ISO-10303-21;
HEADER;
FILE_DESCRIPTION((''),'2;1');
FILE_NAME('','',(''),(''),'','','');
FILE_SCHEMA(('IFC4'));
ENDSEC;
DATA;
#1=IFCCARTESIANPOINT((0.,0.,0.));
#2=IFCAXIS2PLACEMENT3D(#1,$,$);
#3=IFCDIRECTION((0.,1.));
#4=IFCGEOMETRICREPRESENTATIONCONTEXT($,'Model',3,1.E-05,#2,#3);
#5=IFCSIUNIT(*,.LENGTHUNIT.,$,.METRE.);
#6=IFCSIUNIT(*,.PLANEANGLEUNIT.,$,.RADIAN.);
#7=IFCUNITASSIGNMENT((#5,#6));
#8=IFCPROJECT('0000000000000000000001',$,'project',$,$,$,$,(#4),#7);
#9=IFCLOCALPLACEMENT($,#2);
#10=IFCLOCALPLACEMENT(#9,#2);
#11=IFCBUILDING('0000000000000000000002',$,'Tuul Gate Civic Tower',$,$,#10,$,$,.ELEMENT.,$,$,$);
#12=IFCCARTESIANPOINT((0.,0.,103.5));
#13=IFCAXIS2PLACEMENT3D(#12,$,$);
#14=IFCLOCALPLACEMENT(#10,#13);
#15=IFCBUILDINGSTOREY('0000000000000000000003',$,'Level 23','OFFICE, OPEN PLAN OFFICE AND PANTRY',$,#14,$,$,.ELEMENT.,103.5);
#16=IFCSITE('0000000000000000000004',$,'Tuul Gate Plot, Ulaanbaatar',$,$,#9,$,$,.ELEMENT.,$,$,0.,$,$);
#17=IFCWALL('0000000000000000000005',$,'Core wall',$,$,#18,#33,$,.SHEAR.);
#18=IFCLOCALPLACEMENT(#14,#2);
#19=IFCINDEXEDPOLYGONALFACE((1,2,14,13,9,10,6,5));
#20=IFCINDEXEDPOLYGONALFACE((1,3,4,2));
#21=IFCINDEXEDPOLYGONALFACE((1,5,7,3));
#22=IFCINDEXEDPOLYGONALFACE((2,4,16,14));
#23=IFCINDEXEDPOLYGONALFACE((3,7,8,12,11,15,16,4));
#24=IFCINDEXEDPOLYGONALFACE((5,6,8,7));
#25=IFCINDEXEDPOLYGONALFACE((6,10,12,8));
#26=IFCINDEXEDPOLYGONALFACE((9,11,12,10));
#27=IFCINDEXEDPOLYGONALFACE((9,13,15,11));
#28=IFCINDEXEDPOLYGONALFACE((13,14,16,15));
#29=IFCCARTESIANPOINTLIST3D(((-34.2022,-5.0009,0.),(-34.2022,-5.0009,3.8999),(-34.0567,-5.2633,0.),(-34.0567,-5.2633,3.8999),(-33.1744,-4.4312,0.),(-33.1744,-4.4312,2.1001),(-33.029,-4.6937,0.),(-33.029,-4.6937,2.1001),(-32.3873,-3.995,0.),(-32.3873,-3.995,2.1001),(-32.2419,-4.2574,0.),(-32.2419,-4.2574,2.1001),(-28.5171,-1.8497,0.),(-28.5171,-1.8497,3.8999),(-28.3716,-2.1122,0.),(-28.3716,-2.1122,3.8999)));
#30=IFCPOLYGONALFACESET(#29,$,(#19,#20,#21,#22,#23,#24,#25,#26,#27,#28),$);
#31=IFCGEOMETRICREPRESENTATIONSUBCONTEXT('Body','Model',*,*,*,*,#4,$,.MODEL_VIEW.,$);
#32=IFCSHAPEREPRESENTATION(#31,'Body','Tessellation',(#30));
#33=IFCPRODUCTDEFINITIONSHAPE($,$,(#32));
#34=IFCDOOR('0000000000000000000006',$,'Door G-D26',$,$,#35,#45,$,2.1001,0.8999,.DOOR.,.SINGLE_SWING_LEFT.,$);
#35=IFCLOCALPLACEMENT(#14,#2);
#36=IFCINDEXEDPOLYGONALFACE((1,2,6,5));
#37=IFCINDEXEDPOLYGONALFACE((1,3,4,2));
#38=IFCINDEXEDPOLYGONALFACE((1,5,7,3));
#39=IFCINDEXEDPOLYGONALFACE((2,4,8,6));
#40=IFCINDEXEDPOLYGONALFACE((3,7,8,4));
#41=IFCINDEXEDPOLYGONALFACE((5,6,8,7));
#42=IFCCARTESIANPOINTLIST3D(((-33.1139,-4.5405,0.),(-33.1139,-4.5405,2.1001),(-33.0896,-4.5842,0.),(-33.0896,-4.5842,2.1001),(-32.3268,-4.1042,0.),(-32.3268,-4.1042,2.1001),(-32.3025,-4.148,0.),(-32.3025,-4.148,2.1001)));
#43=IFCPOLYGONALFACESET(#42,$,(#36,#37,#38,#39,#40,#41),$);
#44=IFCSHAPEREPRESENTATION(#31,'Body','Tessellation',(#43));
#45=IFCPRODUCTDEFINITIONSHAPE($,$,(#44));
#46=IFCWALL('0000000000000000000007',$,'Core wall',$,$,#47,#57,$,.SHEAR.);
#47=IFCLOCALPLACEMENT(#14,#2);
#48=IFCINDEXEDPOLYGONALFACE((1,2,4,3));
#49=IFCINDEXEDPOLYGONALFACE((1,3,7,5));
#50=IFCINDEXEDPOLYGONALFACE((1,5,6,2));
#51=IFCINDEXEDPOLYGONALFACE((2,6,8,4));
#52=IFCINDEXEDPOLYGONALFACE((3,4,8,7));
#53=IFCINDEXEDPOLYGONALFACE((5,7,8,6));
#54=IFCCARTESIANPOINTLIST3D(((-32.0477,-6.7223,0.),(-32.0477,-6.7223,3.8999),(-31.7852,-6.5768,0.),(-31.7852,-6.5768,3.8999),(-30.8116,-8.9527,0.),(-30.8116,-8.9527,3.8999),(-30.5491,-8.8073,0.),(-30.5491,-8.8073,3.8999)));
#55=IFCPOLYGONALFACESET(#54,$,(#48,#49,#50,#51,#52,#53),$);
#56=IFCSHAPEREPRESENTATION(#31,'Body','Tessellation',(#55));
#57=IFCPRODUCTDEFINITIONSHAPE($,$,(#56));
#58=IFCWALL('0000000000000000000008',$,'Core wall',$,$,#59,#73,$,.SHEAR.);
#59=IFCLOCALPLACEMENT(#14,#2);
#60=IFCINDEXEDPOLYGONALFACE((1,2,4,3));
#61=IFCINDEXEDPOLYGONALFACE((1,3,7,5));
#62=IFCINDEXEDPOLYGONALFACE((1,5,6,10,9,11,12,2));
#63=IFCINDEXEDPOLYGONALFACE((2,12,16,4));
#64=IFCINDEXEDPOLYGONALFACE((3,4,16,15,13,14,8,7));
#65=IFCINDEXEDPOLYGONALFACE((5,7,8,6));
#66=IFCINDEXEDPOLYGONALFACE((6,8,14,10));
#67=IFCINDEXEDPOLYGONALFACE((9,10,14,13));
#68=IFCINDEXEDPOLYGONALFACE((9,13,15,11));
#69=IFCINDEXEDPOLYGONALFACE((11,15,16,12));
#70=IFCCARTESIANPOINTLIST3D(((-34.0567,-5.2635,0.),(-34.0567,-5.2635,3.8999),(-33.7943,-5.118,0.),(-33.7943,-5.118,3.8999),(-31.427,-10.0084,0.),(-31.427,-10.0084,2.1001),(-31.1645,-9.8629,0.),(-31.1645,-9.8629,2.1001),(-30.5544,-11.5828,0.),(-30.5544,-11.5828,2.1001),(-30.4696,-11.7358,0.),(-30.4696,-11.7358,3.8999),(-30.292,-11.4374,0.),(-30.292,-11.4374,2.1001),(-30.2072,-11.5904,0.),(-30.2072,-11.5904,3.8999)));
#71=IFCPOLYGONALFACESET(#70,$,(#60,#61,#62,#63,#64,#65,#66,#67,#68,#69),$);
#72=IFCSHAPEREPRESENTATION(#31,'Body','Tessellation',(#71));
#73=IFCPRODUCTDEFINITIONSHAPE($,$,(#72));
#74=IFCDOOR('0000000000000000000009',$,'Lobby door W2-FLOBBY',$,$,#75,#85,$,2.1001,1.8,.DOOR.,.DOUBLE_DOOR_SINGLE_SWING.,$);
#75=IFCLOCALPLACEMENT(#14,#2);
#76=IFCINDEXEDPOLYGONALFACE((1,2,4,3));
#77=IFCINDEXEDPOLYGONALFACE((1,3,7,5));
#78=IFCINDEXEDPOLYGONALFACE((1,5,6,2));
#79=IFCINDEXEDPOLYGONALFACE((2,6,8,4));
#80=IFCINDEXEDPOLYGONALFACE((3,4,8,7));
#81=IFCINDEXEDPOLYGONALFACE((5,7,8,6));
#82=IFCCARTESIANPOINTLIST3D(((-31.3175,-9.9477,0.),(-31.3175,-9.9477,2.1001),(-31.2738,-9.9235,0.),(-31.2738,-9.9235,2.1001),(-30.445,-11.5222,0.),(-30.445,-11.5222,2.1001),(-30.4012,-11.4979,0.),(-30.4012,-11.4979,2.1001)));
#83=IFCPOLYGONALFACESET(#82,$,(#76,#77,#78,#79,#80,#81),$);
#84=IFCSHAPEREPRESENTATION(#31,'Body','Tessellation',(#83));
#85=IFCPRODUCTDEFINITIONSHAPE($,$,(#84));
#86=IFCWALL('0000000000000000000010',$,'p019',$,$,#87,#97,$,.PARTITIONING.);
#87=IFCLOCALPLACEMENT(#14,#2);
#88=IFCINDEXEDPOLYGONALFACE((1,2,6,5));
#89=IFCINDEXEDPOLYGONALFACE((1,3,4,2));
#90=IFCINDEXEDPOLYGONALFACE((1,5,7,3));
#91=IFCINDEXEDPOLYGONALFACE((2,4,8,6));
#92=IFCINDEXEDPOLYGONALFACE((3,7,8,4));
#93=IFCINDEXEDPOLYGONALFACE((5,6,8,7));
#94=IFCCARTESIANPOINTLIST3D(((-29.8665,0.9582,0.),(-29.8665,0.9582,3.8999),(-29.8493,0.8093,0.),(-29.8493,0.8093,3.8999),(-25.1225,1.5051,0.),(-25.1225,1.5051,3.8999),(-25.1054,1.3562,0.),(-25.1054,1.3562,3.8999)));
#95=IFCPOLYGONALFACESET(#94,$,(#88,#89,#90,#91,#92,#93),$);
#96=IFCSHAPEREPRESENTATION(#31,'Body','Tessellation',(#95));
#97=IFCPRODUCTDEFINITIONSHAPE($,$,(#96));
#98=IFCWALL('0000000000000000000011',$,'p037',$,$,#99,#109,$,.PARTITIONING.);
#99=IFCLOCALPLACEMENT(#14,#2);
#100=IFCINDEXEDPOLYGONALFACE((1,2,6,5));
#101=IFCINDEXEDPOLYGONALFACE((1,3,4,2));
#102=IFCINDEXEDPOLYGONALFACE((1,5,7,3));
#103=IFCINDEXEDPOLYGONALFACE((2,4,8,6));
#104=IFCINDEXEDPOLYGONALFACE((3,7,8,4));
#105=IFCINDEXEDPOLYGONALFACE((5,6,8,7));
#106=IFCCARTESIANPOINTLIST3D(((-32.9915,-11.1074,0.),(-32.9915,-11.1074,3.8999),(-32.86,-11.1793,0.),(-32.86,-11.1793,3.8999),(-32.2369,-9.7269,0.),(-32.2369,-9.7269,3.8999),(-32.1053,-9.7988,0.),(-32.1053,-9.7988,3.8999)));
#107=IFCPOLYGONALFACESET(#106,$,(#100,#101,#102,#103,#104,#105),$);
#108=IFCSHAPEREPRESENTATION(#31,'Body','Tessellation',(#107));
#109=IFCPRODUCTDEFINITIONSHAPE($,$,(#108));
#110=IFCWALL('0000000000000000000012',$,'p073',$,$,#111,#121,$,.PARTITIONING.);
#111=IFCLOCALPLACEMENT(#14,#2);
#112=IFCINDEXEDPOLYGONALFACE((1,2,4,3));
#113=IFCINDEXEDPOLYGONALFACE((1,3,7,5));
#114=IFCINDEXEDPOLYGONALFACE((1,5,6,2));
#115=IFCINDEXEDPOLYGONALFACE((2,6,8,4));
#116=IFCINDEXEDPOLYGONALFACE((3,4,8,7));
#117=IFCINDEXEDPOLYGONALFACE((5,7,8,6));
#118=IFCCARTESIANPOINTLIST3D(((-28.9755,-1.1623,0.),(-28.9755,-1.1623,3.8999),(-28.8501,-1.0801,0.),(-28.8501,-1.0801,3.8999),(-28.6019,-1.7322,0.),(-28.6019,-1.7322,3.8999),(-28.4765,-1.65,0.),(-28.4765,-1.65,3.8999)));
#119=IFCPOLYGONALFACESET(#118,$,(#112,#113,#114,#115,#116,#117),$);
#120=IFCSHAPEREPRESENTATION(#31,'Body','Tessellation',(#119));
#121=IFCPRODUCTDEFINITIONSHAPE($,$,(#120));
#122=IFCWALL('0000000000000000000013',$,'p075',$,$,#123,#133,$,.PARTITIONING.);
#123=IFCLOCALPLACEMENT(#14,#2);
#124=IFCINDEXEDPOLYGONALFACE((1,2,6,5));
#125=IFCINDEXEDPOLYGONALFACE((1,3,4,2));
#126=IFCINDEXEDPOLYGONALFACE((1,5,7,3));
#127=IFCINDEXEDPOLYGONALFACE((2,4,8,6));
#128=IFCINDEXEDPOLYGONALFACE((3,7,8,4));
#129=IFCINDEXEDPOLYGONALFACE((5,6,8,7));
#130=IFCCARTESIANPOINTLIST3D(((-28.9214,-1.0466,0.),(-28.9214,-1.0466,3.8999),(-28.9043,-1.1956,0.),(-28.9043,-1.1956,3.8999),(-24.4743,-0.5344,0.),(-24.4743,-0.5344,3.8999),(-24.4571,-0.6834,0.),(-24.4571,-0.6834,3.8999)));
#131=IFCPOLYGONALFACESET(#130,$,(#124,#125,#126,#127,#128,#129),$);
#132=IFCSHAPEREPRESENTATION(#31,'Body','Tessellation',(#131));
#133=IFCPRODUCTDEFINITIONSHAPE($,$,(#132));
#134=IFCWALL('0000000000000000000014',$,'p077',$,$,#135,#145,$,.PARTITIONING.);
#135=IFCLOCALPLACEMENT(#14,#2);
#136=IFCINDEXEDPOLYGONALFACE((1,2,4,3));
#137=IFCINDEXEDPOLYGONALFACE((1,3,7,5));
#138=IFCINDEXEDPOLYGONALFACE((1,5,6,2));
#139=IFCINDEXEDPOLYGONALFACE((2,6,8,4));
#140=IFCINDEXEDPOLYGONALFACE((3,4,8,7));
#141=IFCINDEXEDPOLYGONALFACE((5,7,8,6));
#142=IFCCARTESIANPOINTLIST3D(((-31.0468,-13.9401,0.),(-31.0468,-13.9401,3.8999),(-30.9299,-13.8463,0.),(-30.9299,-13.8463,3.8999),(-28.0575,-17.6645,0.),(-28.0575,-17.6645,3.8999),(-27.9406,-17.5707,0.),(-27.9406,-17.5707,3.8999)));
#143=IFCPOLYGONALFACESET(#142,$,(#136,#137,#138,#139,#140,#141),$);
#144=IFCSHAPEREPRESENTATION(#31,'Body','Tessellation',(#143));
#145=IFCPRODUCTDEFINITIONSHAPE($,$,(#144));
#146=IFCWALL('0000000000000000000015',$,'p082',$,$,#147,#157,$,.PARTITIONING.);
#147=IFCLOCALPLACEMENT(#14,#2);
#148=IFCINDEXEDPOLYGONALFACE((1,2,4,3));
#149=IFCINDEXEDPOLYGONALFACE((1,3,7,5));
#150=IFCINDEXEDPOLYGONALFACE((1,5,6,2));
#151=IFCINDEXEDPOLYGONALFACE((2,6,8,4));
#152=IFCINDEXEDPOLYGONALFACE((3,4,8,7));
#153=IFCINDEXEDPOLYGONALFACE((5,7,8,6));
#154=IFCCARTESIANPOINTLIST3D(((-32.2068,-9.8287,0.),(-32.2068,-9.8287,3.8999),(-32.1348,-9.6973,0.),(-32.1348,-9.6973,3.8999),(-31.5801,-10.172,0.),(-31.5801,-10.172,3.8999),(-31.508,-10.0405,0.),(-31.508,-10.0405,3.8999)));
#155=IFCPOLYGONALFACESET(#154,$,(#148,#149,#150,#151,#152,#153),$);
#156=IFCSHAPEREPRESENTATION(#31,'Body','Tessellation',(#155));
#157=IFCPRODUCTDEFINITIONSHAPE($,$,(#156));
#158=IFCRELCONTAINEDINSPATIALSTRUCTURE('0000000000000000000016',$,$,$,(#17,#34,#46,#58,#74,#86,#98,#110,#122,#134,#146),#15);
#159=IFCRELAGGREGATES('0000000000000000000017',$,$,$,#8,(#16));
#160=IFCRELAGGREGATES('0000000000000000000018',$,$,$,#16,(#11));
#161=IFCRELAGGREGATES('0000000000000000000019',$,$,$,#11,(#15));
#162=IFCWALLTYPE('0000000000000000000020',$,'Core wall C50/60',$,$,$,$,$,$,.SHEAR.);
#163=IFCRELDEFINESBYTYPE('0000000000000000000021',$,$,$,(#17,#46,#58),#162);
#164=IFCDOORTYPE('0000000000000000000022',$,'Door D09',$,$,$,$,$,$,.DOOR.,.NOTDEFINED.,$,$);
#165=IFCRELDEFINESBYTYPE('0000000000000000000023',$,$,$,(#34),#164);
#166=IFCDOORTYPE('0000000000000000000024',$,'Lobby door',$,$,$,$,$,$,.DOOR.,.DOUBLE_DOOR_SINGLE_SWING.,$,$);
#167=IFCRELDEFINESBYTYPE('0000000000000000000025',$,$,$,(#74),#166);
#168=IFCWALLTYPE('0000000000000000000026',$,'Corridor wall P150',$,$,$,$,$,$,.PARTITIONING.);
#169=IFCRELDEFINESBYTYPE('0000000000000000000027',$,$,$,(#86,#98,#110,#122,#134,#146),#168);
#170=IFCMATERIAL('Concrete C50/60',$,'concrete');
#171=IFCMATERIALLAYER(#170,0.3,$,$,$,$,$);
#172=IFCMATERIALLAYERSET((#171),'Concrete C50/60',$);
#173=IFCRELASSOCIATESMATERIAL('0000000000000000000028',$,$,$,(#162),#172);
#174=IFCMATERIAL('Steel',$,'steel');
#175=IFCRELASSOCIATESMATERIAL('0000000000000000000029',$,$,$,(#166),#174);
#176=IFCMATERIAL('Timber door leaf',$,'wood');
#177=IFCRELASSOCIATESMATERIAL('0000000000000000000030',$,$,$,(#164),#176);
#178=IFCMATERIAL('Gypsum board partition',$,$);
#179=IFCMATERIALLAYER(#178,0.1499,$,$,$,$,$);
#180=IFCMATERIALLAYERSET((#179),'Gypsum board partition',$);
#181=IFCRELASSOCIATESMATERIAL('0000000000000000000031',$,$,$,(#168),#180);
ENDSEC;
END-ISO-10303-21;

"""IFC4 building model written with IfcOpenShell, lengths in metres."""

from ifc_helpers import new_model, si_unit, direction, frame, frame_2d, origin, place, context, subcontext, project, spatial, rectangle, extrude, material, layer, layer_set, type_object, element, fill, save


model = new_model("IFC4")

# Units and contexts
model_context = context("Model", 3, precision=1e-05, world=origin(), true_north=direction((0.0, 1.0)))
body_context = subcontext(model_context, "Body", "Model", "MODEL_VIEW")
ifc_project = project(units=[si_unit("LENGTHUNIT", "METRE"), si_unit("PLANEANGLEUNIT", "RADIAN")], contexts=[model_context])

# Site, building, storey
site_placement = place(None, origin())
site = spatial("IfcSite", under=ifc_project, at=site_placement, Name="Tuul Gate Plot, Ulaanbaatar", CompositionType="ELEMENT", RefElevation=0.0)
building_placement = place(site_placement, origin())
building = spatial("IfcBuilding", under=site, at=building_placement, Name="Tuul Gate Civic Tower", CompositionType="ELEMENT")
storey_placement = place(building_placement, frame((0.0, 0.0, 103.5)))
storey = spatial("IfcBuildingStorey", under=building, at=storey_placement, Name="Level 23", Description="OFFICE, OPEN PLAN OFFICE AND PANTRY", CompositionType="ELEMENT", Elevation=103.5)

# Shared definitions
ifc_material_1 = material(Name="Concrete C50/60", Category="concrete")
ifc_layer_1 = layer(ifc_material_1, 0.3)
ifc_layer_set_1 = layer_set([ifc_layer_1], Name="Concrete C50/60")
wall_type_1 = type_object("IfcWallType", Name="Core wall C50/60", PredefinedType="SHEAR", material=ifc_layer_set_1)
ifc_material_2 = material(Name="Steel", Category="steel")
door_type_1 = type_object("IfcDoorType", Name="Lobby door", OperationType="DOUBLE_DOOR_SINGLE_SWING", PredefinedType="DOOR", material=ifc_material_2)

# Wall, opening, door
wall_1_placement = place(storey_placement, frame((-28.4443, -1.981, 0.0), z_axis=(0.0, 0.0, 1.0), x_axis=(-0.87463, -0.484791, 0.0)))
wall_1 = element("IfcWall", 1, at=wall_1_placement, inside=storey, type_object=wall_type_1, Name="Core wall", PredefinedType="SHEAR", context=body_context, shape_type="SweptSolid", body=[
    extrude(rectangle(XDim=6.5, YDim=0.3, at=frame_2d((3.25, 0.0))), origin(), (0.0, 0.0, 1.0), 3.8999),
])
opening_1_placement = place(wall_1_placement, frame((4.425, 0.0, 0.0)))
opening_1 = element("IfcOpeningElement", 2, at=opening_1_placement, cuts=wall_1, PredefinedType="OPENING", context=body_context, shape_type="SweptSolid", body=[
    extrude(rectangle(XDim=0.8999, YDim=2.1001, at=frame_2d((0.45, 1.05))), frame((0.0, 0.1602, 0.0), z_axis=(0.0, -1.0, 0.0), x_axis=(1.0, 0.0, 0.0)), (0.0, 0.0, 1.0), 0.3201),
])
ifc_material_3 = material(Name="Timber door leaf", Category="wood")
door_type_2 = type_object("IfcDoorType", Name="Door D09", OperationType="NOTDEFINED", PredefinedType="DOOR", material=ifc_material_3)
door_1_placement = place(opening_1_placement, origin())
door_1 = element("IfcDoor", 3, at=door_1_placement, inside=storey, type_object=door_type_2, Name="Door G-D26", OperationType="SINGLE_SWING_LEFT", OverallHeight=2.1001, OverallWidth=0.8999, PredefinedType="DOOR", context=body_context, shape_type="SweptSolid", body=[
    extrude(rectangle(XDim=0.8999, YDim=2.1001, at=frame_2d((0.45, 1.05))), frame((0.0, 0.0249, 0.0), z_axis=(0.0, -1.0, 0.0), x_axis=(1.0, 0.0, 0.0)), (0.0, 0.0, 1.0), 0.05),
])
fill(opening_1, door_1)

# Wall
wall_2_placement = place(storey_placement, frame((-30.6804, -8.8799, 0.0), z_axis=(0.0, 0.0, 1.0), x_axis=(-0.484724, 0.874667, 0.0)))
element("IfcWall", 4, at=wall_2_placement, inside=storey, type_object=wall_type_1, Name="Core wall", PredefinedType="SHEAR", context=body_context, shape_type="SweptSolid", body=[
    extrude(rectangle(XDim=2.55, YDim=0.3, at=frame_2d((1.2749, 0.0))), origin(), (0.0, 0.0, 1.0), 3.8999),
])

# Wall, opening, door
wall_3_placement = place(storey_placement, frame((-30.3384, -11.6631, 0.0), z_axis=(0.0, 0.0, 1.0), x_axis=(-0.484752, 0.874652, 0.0)))
wall_3 = element("IfcWall", 5, at=wall_3_placement, inside=storey, type_object=wall_type_1, Name="Core wall", PredefinedType="SHEAR", context=body_context, shape_type="SweptSolid", body=[
    extrude(rectangle(XDim=7.3999, YDim=0.3, at=frame_2d((3.7, 0.0))), origin(), (0.0, 0.0, 1.0), 3.8999),
])
opening_2_placement = place(wall_3_placement, frame((0.175, 0.0, 0.0)))
opening_2 = element("IfcOpeningElement", 6, at=opening_2_placement, cuts=wall_3, PredefinedType="OPENING", context=body_context, shape_type="SweptSolid", body=[
    extrude(rectangle(XDim=1.8, YDim=2.1001, at=frame_2d((0.8999, 1.05))), frame((0.0, 0.1602, 0.0), z_axis=(0.0, -1.0, 0.0), x_axis=(1.0, 0.0, 0.0)), (0.0, 0.0, 1.0), 0.3201),
])
door_2_placement = place(opening_2_placement, origin())
door_2 = element("IfcDoor", 7, at=door_2_placement, inside=storey, type_object=door_type_1, Name="Lobby door W2-FLOBBY", OperationType="DOUBLE_DOOR_SINGLE_SWING", OverallHeight=2.1001, OverallWidth=1.8, PredefinedType="DOOR", context=body_context, shape_type="SweptSolid", body=[
    extrude(rectangle(XDim=1.8, YDim=2.1001, at=frame_2d((0.8999, 1.05))), frame((0.0, 0.0249, 0.0), z_axis=(0.0, -1.0, 0.0), x_axis=(1.0, 0.0, 0.0)), (0.0, 0.0, 1.0), 0.05),
])
fill(opening_2, door_2)

# Walls
ifc_material_4 = material(Name="Gypsum board partition")
ifc_layer_2 = layer(ifc_material_4, 0.1499)
ifc_layer_set_2 = layer_set([ifc_layer_2], Name="Gypsum board partition")
wall_type_2 = type_object("IfcWallType", Name="Corridor wall P150", PredefinedType="PARTITIONING", material=ifc_layer_set_2)
wall_4_placement = place(storey_placement, frame((-29.8579, 0.8838, 0.0), z_axis=(0.0, 0.0, 1.0), x_axis=(0.993421, 0.114521, 0.0)))
element("IfcWall", 8, at=wall_4_placement, inside=storey, type_object=wall_type_2, Name="p019", PredefinedType="PARTITIONING", context=body_context, shape_type="SweptSolid", body=[
    extrude(rectangle(XDim=4.7754, YDim=0.1499, at=frame_2d((2.3877, 0.0))), origin(), (0.0, 0.0, 1.0), 3.8999),
])
wall_5_placement = place(storey_placement, frame((-32.9258, -11.1433, 0.0), z_axis=(0.0, 0.0, 1.0), x_axis=(0.479689, 0.877439, 0.0)))
element("IfcWall", 9, at=wall_5_placement, inside=storey, type_object=wall_type_2, Name="p037", PredefinedType="PARTITIONING", context=body_context, shape_type="SweptSolid", body=[
    extrude(rectangle(XDim=1.5732, YDim=0.1499, at=frame_2d((0.7866, 0.0))), origin(), (0.0, 0.0, 1.0), 3.8999),
])
wall_6_placement = place(storey_placement, frame((-28.9128, -1.1211, 0.0), z_axis=(0.0, 0.0, 1.0), x_axis=(0.548234, -0.836325, 0.0)))
element("IfcWall", 10, at=wall_6_placement, inside=storey, type_object=wall_type_2, Name="p073", PredefinedType="PARTITIONING", context=body_context, shape_type="SweptSolid", body=[
    extrude(rectangle(XDim=0.6814, YDim=0.1499, at=frame_2d((0.3408, 0.0))), origin(), (0.0, 0.0, 1.0), 3.8999),
])
wall_7_placement = place(storey_placement, frame((-28.9128, -1.1211, 0.0), z_axis=(0.0, 0.0, 1.0), x_axis=(0.993433, 0.114417, 0.0)))
element("IfcWall", 11, at=wall_7_placement, inside=storey, type_object=wall_type_2, Name="p075", PredefinedType="PARTITIONING", context=body_context, shape_type="SweptSolid", body=[
    extrude(rectangle(XDim=4.4766, YDim=0.1499, at=frame_2d((2.2383, 0.0))), origin(), (0.0, 0.0, 1.0), 3.8999),
])
wall_8_placement = place(storey_placement, frame((-30.9883, -13.8933, 0.0), z_axis=(0.0, 0.0, 1.0), x_axis=(0.625941, -0.77987, 0.0)))
element("IfcWall", 12, at=wall_8_placement, inside=storey, type_object=wall_type_2, Name="p077", PredefinedType="PARTITIONING", context=body_context, shape_type="SweptSolid", body=[
    extrude(rectangle(XDim=4.7756, YDim=0.1499, at=frame_2d((2.3877, 0.0))), origin(), (0.0, 0.0, 1.0), 3.8999),
])
wall_9_placement = place(storey_placement, frame((-32.1709, -9.7629, 0.0), z_axis=(0.0, 0.0, 1.0), x_axis=(0.877059, -0.480383, 0.0)))
element("IfcWall", 13, at=wall_9_placement, inside=storey, type_object=wall_type_2, Name="p082", PredefinedType="PARTITIONING", context=body_context, shape_type="SweptSolid", body=[
    extrude(rectangle(XDim=0.7146, YDim=0.1499, at=frame_2d((0.3574, 0.0))), origin(), (0.0, 0.0, 1.0), 3.8999),
])

save(model, "model.ifc")
